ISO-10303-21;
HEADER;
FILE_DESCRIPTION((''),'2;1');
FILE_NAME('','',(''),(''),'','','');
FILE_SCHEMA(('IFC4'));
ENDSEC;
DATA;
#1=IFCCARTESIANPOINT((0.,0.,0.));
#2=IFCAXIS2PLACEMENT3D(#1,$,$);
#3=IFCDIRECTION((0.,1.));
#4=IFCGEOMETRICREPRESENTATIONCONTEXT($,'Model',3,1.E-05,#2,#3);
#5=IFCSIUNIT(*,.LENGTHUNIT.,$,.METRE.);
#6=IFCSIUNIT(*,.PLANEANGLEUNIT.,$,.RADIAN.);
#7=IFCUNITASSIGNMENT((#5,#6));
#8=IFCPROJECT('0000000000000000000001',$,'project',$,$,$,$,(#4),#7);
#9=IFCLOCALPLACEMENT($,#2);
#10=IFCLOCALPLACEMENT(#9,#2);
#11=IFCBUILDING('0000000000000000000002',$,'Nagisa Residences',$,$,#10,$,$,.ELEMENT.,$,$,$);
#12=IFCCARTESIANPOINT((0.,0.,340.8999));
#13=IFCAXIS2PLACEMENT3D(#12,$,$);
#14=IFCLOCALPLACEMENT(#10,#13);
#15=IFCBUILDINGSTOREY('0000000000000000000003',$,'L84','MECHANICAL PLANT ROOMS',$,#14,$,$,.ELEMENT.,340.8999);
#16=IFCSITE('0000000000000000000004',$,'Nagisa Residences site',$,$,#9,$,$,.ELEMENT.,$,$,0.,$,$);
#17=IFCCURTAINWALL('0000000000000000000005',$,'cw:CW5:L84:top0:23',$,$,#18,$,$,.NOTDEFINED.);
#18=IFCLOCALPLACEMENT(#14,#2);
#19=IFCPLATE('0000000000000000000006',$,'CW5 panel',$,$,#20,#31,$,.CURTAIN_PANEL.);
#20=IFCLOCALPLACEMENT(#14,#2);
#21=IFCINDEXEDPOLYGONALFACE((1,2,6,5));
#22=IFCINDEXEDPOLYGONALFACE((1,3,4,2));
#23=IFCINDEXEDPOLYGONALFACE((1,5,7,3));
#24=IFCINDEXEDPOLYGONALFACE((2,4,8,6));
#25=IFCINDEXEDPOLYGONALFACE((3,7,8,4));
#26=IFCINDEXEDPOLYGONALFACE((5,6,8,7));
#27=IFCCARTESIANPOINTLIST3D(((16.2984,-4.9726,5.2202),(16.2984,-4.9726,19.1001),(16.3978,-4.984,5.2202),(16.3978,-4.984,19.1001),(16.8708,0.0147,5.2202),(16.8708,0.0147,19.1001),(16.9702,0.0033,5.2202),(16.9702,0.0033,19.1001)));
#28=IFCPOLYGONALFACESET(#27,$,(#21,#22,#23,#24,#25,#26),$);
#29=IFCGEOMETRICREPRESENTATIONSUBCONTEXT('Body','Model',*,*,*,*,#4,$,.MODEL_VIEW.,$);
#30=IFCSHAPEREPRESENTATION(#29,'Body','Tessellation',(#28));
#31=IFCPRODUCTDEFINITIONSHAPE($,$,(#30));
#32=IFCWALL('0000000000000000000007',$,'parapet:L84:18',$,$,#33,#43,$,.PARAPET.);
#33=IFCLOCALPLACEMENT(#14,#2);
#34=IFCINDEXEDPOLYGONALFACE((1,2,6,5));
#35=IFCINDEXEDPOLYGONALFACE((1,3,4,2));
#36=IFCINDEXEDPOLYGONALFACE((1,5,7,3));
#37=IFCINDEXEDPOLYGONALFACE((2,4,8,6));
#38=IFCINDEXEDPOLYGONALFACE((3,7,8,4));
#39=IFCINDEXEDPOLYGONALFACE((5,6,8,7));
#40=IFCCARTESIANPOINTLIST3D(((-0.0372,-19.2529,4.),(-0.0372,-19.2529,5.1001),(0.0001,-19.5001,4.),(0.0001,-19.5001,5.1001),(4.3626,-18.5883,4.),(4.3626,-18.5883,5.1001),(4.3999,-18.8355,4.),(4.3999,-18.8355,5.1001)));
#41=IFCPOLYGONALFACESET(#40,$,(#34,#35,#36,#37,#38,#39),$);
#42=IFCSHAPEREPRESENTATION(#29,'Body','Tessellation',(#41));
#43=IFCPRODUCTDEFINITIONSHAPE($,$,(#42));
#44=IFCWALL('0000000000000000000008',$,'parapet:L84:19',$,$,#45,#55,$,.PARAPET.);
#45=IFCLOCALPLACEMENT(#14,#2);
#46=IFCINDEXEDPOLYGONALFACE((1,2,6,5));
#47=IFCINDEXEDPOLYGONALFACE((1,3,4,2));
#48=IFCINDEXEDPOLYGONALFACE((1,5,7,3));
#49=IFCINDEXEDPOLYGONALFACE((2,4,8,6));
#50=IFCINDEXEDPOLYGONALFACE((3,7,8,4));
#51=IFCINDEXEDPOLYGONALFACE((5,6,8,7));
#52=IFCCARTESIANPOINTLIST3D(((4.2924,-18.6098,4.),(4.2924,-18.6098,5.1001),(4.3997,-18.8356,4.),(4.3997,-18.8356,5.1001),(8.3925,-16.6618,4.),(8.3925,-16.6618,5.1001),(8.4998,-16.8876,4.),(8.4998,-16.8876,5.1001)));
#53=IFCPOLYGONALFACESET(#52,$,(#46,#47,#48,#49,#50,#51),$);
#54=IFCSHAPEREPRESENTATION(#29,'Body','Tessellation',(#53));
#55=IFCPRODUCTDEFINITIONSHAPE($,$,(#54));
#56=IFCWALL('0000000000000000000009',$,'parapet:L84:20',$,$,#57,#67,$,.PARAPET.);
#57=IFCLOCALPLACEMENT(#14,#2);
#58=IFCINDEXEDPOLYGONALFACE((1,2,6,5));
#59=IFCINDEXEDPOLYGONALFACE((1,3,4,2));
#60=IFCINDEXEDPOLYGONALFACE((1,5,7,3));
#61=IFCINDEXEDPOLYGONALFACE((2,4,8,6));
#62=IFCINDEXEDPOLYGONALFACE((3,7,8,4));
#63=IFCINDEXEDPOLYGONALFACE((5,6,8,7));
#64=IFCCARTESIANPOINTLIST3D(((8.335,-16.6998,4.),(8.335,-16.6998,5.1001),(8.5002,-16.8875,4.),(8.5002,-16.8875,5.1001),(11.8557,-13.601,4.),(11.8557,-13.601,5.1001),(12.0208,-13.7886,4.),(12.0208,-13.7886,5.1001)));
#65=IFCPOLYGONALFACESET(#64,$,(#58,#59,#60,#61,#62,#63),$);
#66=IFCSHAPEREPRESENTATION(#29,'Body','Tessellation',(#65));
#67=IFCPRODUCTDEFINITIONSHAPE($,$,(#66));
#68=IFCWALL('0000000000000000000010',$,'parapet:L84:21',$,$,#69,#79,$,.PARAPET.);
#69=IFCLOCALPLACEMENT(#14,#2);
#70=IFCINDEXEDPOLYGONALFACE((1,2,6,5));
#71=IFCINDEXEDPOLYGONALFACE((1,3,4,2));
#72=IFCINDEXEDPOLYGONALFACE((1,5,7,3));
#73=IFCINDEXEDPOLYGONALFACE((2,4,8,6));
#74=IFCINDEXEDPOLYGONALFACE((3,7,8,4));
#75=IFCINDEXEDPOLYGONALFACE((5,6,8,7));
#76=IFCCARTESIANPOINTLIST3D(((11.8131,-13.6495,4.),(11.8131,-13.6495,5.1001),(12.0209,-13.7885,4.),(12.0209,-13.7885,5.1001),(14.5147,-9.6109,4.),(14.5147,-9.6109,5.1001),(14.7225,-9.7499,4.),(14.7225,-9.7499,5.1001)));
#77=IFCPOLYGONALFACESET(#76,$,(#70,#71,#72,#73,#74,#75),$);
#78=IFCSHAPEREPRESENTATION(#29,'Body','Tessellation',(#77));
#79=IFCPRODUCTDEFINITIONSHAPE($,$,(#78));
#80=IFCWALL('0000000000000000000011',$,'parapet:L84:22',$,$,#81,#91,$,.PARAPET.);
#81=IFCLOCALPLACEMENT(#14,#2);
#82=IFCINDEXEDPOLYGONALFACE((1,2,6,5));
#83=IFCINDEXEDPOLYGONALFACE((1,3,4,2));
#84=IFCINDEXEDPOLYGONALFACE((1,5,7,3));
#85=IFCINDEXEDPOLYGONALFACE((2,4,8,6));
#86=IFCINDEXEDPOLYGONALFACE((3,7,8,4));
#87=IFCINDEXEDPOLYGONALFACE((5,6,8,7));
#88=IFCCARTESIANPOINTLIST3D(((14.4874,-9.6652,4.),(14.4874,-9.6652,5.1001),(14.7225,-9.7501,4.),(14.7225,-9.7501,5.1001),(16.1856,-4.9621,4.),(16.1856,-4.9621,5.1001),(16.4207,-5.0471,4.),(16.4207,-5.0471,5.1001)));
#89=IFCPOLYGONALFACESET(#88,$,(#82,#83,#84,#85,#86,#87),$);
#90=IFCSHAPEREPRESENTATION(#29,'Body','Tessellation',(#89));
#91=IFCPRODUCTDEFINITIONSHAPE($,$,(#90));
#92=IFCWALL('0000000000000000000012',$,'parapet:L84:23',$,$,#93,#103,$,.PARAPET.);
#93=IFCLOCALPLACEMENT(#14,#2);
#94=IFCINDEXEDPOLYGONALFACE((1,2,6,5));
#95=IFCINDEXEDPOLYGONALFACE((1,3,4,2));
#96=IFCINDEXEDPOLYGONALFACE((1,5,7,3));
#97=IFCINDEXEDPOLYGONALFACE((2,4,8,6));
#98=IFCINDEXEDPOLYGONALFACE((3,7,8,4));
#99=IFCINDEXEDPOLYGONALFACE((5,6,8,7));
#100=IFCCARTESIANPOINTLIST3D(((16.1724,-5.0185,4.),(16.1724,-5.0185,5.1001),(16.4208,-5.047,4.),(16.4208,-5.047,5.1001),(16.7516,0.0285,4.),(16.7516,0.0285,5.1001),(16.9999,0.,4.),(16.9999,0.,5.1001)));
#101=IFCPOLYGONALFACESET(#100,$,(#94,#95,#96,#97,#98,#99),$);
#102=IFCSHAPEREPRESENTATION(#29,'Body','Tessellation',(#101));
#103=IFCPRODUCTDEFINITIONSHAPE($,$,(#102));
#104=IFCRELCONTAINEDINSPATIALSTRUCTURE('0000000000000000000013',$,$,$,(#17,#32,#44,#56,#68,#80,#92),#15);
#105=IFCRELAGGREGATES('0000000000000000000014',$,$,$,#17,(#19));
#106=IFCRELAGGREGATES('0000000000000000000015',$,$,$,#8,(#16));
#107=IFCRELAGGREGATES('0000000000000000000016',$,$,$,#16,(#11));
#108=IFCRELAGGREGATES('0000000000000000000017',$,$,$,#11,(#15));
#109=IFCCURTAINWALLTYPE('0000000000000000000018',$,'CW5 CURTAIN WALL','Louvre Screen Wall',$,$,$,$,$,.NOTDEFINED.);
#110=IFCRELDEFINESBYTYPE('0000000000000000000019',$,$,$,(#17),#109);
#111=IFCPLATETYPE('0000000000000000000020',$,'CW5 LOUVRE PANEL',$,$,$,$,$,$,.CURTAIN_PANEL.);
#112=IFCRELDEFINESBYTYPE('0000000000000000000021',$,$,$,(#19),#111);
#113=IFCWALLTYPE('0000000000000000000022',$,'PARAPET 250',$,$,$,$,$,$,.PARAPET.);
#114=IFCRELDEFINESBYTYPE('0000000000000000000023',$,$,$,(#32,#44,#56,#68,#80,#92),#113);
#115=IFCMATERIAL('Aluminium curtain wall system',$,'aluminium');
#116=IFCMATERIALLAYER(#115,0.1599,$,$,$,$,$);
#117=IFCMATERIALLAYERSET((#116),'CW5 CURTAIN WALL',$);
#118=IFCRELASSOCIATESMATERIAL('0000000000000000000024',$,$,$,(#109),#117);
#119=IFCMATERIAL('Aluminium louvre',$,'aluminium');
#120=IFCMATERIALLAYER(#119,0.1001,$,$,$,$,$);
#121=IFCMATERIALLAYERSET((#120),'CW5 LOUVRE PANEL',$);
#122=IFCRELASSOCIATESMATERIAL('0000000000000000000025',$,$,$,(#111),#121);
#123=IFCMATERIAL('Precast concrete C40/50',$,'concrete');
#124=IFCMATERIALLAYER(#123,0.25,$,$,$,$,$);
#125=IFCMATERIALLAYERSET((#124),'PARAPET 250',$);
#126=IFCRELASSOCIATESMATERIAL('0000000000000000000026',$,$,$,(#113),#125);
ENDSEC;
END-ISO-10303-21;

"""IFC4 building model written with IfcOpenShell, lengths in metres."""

from ifc_helpers import new_model, si_unit, direction, frame, frame_2d, origin, origin_2d, place, context, subcontext, project, spatial, rectangle, extrude, material, layer, layer_set, type_object, element, aggregate, save


model = new_model("IFC4")

# Units and contexts
model_context = context("Model", 3, precision=1e-05, world=origin(), true_north=direction((0.0, 1.0)))
body_context = subcontext(model_context, "Body", "Model", "MODEL_VIEW")
ifc_project = project(units=[si_unit("LENGTHUNIT", "METRE"), si_unit("PLANEANGLEUNIT", "RADIAN")], contexts=[model_context])

# Site, building, storey
site_placement = place(None, origin())
site = spatial("IfcSite", under=ifc_project, at=site_placement, Name="Nagisa Residences site", CompositionType="ELEMENT", RefElevation=0.0)
building_placement = place(site_placement, origin())
building = spatial("IfcBuilding", under=site, at=building_placement, Name="Nagisa Residences", CompositionType="ELEMENT")
storey_placement = place(building_placement, frame((0.0, 0.0, 340.8999)))
storey = spatial("IfcBuildingStorey", under=building, at=storey_placement, Name="L84", Description="MECHANICAL PLANT ROOMS", CompositionType="ELEMENT", Elevation=340.8999)

# Curtain wall
ifc_material_1 = material(Name="Aluminium curtain wall system", Category="aluminium")
ifc_layer_1 = layer(ifc_material_1, 0.1599)
ifc_layer_set_1 = layer_set([ifc_layer_1], Name="CW5 CURTAIN WALL")
curtain_wall_type = type_object("IfcCurtainWallType", Name="CW5 CURTAIN WALL", Description="Louvre Screen Wall", PredefinedType="NOTDEFINED", material=ifc_layer_set_1)
curtain_wall_1_placement = place(storey_placement, origin())
curtain_wall_1 = element("IfcCurtainWall", 1, at=curtain_wall_1_placement, inside=storey, type_object=curtain_wall_type, Name="cw:CW5:L84:top0:23", PredefinedType="NOTDEFINED")

# Shared definitions
ifc_material_2 = material(Name="Aluminium louvre", Category="aluminium")
ifc_layer_2 = layer(ifc_material_2, 0.1001)
ifc_layer_set_2 = layer_set([ifc_layer_2], Name="CW5 LOUVRE PANEL")
plate_type = type_object("IfcPlateType", Name="CW5 LOUVRE PANEL", PredefinedType="CURTAIN_PANEL", material=ifc_layer_set_2)

# Plate
plate_1_placement = place(storey_placement, frame((16.6343, -2.4846, 5.2202), z_axis=(0.0, 0.0, 1.0), x_axis=(0.114025, 0.993478, 0.0)))
plate_1 = element("IfcPlate", 2, at=plate_1_placement, type_object=plate_type, Name="CW5 panel", PredefinedType="CURTAIN_PANEL", context=body_context, shape_type="SweptSolid", body=[
    extrude(rectangle(XDim=5.02, YDim=0.1001, at=origin_2d()), origin(), (0.0, 0.0, 1.0), 13.8799),
])
aggregate(curtain_wall_1, [plate_1])

# Walls
ifc_material_3 = material(Name="Precast concrete C40/50", Category="concrete")
ifc_layer_3 = layer(ifc_material_3, 0.25)
ifc_layer_set_3 = layer_set([ifc_layer_3], Name="PARAPET 250")
wall_type = type_object("IfcWallType", Name="PARAPET 250", PredefinedType="PARAPET", material=ifc_layer_set_3)
wall_1_placement = place(storey_placement, frame((-0.0186, -19.3765, 4.0), z_axis=(0.0, 0.0, 1.0), x_axis=(0.988785, 0.149344, 0.0)))
element("IfcWall", 3, at=wall_1_placement, inside=storey, type_object=wall_type, Name="parapet:L84:18", PredefinedType="PARAPET", context=body_context, shape_type="SweptSolid", body=[
    extrude(rectangle(XDim=4.4497, YDim=0.25, at=frame_2d((2.2249, 0.0))), origin(), (0.0, 0.0, 1.0), 1.1001),
])
wall_2_placement = place(storey_placement, frame((4.3462, -18.7227, 4.0), z_axis=(0.0, 0.0, 1.0), x_axis=(0.903239, 0.429138, 0.0)))
element("IfcWall", 4, at=wall_2_placement, inside=storey, type_object=wall_type, Name="parapet:L84:19", PredefinedType="PARAPET", context=body_context, shape_type="SweptSolid", body=[
    extrude(rectangle(XDim=4.5393, YDim=0.25, at=frame_2d((2.2695, 0.0))), origin(), (0.0, 0.0, 1.0), 1.1001),
])
wall_3_placement = place(storey_placement, frame((8.4175, -16.7937, 4.0), z_axis=(0.0, 0.0, 1.0), x_axis=(0.750648, 0.660702, 0.0)))
element("IfcWall", 5, at=wall_3_placement, inside=storey, type_object=wall_type, Name="parapet:L84:20", PredefinedType="PARAPET", context=body_context, shape_type="SweptSolid", body=[
    extrude(rectangle(XDim=4.6902, YDim=0.25, at=frame_2d((2.3452, 0.0))), origin(), (0.0, 0.0, 1.0), 1.1001),
])
wall_4_placement = place(storey_placement, frame((11.917, -13.719, 4.0), z_axis=(0.0, 0.0, 1.0), x_axis=(0.556021, 0.831168, 0.0)))
element("IfcWall", 6, at=wall_4_placement, inside=storey, type_object=wall_type, Name="parapet:L84:21", PredefinedType="PARAPET", context=body_context, shape_type="SweptSolid", body=[
    extrude(rectangle(XDim=4.8589, YDim=0.25, at=frame_2d((2.4294, 0.0))), origin(), (0.0, 0.0, 1.0), 1.1001),
])
wall_5_placement = place(storey_placement, frame((14.605, -9.7075, 4.0), z_axis=(0.0, 0.0, 1.0), x_axis=(0.339625, 0.940561, 0.0)))
element("IfcWall", 7, at=wall_5_placement, inside=storey, type_object=wall_type, Name="parapet:L84:22", PredefinedType="PARAPET", context=body_context, shape_type="SweptSolid", body=[
    extrude(rectangle(XDim=5.0002, YDim=0.25, at=frame_2d((2.5, 0.0))), origin(), (0.0, 0.0, 1.0), 1.1001),
])
wall_6_placement = place(storey_placement, frame((16.2966, -5.0327, 4.0), z_axis=(0.0, 0.0, 1.0), x_axis=(0.113997, 0.993481, 0.0)))
element("IfcWall", 8, at=wall_6_placement, inside=storey, type_object=wall_type, Name="parapet:L84:23", PredefinedType="PARAPET", context=body_context, shape_type="SweptSolid", body=[
    extrude(rectangle(XDim=5.0801, YDim=0.25, at=frame_2d((2.54, 0.0))), origin(), (0.0, 0.0, 1.0), 1.1001),
])

save(model, "model.ifc")
